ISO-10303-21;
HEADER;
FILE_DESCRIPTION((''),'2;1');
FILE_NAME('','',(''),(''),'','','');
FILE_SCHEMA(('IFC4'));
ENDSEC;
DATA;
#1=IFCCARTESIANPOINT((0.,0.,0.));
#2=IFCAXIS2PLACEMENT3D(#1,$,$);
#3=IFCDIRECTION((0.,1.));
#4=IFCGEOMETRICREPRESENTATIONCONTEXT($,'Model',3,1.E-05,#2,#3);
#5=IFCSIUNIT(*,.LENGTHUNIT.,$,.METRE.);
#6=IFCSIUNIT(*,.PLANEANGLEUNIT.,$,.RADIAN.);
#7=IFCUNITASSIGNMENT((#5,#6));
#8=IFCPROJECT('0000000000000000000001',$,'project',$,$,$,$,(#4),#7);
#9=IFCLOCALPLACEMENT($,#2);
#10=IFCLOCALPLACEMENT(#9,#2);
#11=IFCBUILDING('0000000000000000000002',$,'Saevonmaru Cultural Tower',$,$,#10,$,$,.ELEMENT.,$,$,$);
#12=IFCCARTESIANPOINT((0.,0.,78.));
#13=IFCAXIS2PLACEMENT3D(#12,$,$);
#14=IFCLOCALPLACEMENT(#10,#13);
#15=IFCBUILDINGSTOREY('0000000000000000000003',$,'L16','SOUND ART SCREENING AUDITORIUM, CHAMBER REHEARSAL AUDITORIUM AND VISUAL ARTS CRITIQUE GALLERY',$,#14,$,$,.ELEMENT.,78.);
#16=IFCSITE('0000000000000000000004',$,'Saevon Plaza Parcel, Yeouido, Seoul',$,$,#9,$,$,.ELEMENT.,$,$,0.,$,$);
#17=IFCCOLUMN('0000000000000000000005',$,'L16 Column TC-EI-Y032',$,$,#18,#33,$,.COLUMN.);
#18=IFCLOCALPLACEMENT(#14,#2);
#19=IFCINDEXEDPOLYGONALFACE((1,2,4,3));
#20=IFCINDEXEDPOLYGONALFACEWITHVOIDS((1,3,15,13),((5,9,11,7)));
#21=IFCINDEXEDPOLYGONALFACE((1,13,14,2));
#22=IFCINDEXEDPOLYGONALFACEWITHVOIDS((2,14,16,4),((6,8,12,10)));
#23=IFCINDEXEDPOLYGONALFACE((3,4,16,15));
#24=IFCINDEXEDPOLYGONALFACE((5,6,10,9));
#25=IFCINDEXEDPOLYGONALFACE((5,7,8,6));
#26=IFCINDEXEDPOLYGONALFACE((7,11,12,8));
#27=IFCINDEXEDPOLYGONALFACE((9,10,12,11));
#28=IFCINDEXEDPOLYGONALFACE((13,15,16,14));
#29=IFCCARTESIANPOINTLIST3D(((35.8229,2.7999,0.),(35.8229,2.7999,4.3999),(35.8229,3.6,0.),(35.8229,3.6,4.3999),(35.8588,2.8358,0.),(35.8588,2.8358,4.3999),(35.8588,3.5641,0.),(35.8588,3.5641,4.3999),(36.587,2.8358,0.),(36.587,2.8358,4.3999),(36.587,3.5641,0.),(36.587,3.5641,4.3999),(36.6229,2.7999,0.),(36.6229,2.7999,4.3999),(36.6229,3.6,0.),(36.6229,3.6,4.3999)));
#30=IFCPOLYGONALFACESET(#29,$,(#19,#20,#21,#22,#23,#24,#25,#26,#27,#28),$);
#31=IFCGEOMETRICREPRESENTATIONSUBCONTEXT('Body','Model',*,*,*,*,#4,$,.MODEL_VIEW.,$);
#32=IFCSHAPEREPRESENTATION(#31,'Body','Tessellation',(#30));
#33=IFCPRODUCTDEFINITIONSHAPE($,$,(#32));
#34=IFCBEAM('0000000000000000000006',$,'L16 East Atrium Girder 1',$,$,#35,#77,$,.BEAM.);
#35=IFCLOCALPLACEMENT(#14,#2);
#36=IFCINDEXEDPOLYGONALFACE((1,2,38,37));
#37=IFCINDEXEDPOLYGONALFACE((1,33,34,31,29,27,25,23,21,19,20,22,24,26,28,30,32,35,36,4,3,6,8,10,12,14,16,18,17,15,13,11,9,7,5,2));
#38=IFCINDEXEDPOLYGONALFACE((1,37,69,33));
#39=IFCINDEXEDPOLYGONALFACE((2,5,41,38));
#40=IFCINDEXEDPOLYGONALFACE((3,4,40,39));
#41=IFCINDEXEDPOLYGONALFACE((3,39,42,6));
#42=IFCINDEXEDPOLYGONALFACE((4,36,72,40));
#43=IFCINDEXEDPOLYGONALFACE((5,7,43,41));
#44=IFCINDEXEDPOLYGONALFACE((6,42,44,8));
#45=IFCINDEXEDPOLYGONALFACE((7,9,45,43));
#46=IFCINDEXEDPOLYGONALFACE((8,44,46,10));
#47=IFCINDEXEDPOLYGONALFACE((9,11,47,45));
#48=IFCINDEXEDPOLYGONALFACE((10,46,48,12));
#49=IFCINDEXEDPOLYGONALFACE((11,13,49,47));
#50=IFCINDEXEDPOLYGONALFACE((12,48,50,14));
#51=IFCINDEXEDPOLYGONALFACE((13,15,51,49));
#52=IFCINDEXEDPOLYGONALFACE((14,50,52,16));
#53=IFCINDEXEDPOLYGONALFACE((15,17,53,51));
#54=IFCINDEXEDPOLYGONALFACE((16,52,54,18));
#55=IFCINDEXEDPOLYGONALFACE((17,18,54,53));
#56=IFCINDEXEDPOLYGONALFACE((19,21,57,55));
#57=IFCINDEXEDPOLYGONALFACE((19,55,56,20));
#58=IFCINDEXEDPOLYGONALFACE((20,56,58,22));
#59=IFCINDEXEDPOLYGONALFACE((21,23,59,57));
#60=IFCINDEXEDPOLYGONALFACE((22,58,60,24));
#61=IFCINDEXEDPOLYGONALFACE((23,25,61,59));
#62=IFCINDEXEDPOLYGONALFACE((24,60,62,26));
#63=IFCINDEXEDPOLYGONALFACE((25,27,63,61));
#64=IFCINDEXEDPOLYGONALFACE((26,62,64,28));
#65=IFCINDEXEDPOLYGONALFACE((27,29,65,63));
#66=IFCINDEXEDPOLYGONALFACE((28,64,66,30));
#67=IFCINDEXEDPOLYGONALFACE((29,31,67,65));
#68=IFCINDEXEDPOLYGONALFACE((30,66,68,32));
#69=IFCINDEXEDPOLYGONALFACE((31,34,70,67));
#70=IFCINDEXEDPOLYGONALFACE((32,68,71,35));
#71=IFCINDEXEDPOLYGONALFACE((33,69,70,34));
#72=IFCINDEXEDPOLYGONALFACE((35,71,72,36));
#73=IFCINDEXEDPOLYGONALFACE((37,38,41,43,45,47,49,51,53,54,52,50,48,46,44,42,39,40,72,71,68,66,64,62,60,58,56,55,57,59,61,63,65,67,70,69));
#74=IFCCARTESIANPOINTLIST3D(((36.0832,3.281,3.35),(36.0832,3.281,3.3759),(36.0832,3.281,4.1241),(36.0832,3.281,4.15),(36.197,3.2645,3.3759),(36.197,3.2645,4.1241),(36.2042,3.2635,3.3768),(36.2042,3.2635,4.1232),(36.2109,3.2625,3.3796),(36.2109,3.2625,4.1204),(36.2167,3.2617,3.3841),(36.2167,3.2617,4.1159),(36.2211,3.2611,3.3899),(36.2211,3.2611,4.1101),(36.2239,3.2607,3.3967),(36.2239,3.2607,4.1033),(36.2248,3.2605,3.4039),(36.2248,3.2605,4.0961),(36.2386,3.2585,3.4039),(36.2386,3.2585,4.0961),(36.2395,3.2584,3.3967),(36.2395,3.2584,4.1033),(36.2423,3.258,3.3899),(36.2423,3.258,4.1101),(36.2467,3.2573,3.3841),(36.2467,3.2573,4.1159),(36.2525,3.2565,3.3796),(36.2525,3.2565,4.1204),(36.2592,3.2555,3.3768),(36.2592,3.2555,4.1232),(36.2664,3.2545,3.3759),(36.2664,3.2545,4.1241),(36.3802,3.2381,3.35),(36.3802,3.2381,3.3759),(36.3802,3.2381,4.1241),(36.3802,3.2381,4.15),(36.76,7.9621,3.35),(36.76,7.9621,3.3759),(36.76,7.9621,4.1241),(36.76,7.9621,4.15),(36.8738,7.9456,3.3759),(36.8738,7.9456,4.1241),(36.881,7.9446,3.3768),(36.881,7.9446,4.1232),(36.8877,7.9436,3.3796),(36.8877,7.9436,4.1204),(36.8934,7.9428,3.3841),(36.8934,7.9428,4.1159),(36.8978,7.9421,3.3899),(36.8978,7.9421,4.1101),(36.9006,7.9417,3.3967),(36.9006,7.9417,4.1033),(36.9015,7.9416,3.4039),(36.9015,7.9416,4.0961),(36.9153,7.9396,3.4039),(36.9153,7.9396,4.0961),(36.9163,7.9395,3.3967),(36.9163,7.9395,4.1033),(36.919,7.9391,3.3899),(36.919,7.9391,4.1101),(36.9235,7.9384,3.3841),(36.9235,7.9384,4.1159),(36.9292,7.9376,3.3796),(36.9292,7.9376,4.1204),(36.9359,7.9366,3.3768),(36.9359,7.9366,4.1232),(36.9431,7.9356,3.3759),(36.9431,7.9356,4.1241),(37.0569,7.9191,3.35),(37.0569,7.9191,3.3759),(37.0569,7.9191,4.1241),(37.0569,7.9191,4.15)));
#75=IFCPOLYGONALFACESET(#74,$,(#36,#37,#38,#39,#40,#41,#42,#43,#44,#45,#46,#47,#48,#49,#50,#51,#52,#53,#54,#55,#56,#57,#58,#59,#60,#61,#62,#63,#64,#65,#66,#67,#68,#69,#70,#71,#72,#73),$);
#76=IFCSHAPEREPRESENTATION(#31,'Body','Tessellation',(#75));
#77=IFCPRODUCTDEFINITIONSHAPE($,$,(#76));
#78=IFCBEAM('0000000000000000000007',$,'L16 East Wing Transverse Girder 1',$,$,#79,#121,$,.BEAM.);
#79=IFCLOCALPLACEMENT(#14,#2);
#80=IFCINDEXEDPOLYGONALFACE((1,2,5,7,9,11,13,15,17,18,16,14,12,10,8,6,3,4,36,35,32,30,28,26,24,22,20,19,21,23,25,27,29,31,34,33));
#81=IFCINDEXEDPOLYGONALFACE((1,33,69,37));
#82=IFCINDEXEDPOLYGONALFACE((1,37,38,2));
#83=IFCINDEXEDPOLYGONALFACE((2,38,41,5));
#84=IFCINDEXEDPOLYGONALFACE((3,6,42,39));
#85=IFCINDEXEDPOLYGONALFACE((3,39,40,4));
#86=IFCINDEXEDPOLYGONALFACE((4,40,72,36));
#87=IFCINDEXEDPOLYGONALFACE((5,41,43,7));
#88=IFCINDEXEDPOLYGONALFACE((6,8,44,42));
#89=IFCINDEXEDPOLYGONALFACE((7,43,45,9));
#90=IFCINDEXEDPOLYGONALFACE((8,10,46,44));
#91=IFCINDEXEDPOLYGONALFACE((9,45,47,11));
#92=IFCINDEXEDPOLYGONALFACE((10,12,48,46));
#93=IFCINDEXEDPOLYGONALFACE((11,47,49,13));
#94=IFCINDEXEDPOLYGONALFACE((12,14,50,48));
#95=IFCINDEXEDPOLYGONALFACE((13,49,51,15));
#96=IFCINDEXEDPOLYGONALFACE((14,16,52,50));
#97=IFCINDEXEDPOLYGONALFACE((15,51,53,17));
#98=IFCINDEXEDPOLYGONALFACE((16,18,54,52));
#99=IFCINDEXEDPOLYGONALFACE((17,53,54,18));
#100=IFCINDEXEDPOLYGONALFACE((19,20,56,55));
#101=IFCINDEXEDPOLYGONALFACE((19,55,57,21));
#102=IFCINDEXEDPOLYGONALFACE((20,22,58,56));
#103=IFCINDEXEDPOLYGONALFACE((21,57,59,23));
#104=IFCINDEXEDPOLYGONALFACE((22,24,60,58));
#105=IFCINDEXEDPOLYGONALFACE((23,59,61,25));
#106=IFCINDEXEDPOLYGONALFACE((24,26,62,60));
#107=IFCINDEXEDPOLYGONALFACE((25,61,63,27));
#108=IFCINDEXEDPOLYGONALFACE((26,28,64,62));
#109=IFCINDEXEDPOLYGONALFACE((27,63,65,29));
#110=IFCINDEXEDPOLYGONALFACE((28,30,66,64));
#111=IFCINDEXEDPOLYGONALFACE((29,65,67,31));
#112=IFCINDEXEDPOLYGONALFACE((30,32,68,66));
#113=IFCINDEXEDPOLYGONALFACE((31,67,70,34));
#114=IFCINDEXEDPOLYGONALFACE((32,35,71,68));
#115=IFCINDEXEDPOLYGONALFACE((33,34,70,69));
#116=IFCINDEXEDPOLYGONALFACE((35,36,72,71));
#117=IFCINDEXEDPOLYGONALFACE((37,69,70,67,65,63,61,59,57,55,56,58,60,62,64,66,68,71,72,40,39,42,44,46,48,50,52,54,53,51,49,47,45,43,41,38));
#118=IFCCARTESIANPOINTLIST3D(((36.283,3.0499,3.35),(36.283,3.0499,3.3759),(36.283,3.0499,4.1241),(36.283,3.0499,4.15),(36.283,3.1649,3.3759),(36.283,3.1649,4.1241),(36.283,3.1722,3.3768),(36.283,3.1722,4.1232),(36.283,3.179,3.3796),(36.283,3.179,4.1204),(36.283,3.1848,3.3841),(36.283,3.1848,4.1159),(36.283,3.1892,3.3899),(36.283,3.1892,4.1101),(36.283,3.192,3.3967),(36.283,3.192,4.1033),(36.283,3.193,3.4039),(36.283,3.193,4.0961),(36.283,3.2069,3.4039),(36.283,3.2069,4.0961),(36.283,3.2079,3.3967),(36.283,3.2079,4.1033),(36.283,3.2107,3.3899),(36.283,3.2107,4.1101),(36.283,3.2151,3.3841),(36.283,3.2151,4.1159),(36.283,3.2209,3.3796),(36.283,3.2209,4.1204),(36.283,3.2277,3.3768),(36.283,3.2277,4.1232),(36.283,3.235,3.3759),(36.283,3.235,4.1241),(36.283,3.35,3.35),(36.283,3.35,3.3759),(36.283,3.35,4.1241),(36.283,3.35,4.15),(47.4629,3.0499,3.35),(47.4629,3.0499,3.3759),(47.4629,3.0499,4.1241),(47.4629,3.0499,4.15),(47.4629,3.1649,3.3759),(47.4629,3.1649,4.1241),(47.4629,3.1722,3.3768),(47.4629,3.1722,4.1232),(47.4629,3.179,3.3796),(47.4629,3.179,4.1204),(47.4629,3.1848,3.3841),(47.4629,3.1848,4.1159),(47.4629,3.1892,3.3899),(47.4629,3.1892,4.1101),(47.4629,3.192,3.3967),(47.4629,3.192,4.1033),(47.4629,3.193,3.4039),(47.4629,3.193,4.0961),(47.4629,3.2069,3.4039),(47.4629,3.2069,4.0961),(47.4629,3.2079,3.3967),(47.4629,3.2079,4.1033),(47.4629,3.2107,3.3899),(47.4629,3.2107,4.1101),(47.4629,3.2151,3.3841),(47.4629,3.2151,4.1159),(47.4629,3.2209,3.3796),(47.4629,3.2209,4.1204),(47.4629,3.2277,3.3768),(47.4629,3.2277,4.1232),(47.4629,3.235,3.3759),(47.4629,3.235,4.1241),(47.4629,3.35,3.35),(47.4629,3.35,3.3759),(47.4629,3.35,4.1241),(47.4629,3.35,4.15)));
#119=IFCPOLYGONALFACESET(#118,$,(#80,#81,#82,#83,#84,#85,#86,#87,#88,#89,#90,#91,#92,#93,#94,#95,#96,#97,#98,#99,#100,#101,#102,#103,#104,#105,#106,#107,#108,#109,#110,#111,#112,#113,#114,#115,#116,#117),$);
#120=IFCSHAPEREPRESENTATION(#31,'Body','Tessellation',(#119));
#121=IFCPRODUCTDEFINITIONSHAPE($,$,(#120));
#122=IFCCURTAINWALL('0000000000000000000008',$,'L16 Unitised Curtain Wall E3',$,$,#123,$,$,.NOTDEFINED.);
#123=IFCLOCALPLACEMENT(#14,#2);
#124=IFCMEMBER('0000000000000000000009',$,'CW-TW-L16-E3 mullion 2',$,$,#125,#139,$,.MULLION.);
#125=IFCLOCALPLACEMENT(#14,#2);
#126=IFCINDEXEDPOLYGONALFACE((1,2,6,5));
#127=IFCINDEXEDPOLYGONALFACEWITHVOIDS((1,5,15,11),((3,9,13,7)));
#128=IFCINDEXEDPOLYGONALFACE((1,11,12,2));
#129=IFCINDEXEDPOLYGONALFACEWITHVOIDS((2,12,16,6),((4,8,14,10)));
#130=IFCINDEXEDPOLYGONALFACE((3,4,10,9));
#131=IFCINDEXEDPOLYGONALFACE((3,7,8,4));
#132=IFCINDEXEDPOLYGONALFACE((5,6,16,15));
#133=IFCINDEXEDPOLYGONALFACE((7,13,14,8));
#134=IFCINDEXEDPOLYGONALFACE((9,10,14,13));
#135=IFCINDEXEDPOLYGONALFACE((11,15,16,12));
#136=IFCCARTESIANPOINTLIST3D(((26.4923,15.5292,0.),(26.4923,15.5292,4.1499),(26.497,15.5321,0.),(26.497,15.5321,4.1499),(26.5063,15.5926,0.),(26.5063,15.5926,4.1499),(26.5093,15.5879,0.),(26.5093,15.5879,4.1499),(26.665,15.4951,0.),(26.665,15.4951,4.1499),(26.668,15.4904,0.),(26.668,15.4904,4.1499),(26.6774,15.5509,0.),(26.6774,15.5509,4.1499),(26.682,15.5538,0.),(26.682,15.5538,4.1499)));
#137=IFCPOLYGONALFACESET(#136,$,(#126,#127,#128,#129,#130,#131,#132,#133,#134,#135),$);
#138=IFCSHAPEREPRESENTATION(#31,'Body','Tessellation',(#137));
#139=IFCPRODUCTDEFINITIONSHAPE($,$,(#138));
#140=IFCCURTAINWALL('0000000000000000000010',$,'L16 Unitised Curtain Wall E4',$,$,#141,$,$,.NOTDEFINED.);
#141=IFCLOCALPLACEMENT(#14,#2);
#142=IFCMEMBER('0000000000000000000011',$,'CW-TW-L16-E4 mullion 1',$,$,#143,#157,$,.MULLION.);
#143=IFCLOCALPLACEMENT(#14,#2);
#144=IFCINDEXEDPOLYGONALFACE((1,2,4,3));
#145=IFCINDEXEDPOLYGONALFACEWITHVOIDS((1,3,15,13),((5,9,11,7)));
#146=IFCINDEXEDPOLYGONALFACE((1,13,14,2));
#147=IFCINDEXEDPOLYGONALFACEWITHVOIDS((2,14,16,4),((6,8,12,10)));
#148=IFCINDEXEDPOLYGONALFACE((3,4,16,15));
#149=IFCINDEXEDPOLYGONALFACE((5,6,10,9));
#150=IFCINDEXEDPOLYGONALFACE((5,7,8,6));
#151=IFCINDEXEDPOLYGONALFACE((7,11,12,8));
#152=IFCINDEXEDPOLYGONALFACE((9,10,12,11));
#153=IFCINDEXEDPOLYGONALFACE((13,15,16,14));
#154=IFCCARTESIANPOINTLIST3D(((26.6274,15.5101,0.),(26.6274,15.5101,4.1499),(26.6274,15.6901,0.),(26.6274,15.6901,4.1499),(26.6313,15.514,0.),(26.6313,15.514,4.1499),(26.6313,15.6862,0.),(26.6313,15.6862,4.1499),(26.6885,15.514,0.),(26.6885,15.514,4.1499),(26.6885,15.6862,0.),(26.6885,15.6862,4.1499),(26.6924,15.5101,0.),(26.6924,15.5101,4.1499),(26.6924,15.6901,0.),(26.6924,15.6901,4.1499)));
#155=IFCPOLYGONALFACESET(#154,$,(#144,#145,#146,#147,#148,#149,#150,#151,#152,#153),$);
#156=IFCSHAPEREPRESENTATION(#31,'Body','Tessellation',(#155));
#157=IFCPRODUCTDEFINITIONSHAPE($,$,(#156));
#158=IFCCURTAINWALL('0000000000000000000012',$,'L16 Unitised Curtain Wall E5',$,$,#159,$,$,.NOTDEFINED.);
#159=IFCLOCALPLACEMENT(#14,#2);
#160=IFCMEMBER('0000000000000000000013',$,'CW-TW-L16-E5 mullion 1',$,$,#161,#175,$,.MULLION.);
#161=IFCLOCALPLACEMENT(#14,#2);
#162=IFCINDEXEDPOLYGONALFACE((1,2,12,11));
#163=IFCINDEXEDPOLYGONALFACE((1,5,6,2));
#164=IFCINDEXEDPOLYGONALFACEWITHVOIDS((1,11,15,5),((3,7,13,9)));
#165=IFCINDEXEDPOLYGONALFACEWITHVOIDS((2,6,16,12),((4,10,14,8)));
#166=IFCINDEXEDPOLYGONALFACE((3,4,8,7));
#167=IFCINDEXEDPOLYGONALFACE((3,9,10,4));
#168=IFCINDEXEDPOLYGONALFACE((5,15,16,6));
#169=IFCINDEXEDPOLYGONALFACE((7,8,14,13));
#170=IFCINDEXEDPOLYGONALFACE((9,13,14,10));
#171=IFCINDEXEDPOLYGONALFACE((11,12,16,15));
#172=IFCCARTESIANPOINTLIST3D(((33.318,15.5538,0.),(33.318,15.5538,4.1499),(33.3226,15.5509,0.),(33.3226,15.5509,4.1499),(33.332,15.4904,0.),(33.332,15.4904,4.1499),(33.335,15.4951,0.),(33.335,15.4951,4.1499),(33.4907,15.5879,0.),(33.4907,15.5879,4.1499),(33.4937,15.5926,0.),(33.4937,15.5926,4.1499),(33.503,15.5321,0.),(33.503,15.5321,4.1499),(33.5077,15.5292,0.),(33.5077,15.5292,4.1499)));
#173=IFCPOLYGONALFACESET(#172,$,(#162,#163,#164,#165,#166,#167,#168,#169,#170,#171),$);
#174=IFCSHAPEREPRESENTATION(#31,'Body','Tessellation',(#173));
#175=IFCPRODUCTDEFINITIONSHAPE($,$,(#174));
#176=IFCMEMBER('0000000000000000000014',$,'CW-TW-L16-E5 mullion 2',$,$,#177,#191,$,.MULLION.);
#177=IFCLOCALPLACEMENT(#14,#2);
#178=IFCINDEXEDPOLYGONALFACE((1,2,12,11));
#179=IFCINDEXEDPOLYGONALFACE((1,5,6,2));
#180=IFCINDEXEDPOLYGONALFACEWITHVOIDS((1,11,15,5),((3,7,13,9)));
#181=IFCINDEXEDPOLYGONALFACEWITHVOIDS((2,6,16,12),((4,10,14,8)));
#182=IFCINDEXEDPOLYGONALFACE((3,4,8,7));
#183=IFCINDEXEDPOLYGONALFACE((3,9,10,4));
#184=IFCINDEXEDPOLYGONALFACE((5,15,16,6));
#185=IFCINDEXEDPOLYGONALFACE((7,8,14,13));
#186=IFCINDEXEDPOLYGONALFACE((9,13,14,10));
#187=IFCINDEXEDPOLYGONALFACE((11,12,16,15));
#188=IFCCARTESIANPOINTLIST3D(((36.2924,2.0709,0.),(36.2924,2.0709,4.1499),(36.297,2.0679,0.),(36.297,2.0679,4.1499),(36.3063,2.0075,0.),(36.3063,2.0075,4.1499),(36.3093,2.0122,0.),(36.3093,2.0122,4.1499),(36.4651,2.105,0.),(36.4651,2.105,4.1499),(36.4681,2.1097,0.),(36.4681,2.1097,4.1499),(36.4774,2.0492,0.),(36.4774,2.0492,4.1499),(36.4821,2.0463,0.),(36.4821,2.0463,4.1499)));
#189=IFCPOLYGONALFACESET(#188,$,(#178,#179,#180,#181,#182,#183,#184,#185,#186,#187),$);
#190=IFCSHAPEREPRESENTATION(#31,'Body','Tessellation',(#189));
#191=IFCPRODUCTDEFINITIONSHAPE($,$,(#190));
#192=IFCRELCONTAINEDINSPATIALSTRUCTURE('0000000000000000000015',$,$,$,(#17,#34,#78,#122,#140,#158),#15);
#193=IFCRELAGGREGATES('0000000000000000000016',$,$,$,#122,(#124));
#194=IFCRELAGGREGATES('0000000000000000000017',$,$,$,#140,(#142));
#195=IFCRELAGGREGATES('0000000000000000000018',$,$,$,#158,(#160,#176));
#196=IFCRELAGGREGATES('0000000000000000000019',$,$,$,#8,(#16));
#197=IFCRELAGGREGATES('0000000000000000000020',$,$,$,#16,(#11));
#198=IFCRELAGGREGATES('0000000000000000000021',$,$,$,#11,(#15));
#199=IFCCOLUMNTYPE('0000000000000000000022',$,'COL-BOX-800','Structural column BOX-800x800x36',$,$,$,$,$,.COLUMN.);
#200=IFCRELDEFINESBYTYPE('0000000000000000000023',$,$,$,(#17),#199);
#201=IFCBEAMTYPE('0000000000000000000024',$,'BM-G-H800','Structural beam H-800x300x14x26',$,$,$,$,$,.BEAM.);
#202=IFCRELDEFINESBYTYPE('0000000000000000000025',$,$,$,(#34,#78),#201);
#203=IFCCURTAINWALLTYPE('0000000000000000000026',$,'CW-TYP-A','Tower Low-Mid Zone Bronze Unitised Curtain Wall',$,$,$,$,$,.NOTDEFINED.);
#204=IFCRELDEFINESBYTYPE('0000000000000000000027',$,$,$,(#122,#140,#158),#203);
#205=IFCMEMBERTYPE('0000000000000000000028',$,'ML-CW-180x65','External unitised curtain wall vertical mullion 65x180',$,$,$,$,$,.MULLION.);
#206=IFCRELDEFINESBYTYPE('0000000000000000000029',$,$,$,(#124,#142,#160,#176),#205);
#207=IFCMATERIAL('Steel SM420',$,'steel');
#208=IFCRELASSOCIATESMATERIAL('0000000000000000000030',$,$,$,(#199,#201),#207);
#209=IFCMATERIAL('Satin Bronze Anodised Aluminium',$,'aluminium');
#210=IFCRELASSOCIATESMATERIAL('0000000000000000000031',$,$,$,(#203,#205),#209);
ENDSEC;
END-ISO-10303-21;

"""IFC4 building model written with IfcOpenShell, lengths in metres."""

from ifc_helpers import new_model, si_unit, direction, frame, origin, origin_2d, place, context, subcontext, project, spatial, hollow_rectangle, i_section, extrude, material, material_profile, profile_set, type_object, element, aggregate, save


model = new_model("IFC4")

# Units and contexts
model_context = context("Model", 3, precision=1e-05, world=origin(), true_north=direction((0.0, 1.0)))
body_context = subcontext(model_context, "Body", "Model", "MODEL_VIEW")
ifc_project = project(units=[si_unit("LENGTHUNIT", "METRE"), si_unit("PLANEANGLEUNIT", "RADIAN")], contexts=[model_context])

# Site, building, storey
site_placement = place(None, origin())
site = spatial("IfcSite", under=ifc_project, at=site_placement, Name="Saevon Plaza Parcel, Yeouido, Seoul", CompositionType="ELEMENT", RefElevation=0.0)
building_placement = place(site_placement, origin())
building = spatial("IfcBuilding", under=site, at=building_placement, Name="Saevonmaru Cultural Tower", CompositionType="ELEMENT")
storey_placement = place(building_placement, frame((0.0, 0.0, 78.0)))
storey = spatial("IfcBuildingStorey", under=building, at=storey_placement, Name="L16", Description="SOUND ART SCREENING AUDITORIUM, CHAMBER REHEARSAL AUDITORIUM AND VISUAL ARTS CRITIQUE GALLERY", CompositionType="ELEMENT", Elevation=78.0)

# Column
ifc_material_1 = material(Name="Steel SM420", Category="steel")
ifc_material_profile_1 = material_profile(ifc_material_1, hollow_rectangle(XDim=0.8, YDim=0.8, WallThickness=0.0359, at=origin_2d()), Name="BOX-800x800x36")
ifc_profile_set_1 = profile_set([ifc_material_profile_1], Name="Steel SM420")
column_type = type_object("IfcColumnType", Name="COL-BOX-800", Description="Structural column BOX-800x800x36", PredefinedType="COLUMN", material=ifc_profile_set_1)
column_placement = place(storey_placement, frame((36.2229, 3.2, 0.0), z_axis=(0.0, 0.0, 1.0), x_axis=(1.0, 0.0, 0.0)))
element("IfcColumn", 1, at=column_placement, inside=storey, type_object=column_type, Name="L16 Column TC-EI-Y032", PredefinedType="COLUMN", context=body_context, shape_type="SweptSolid", body=[
    extrude(hollow_rectangle(XDim=0.8, YDim=0.8, WallThickness=0.0359, at=origin_2d()), origin(), (0.0, 0.0, 1.0), 4.3999),
])

# Beams
ifc_material_profile_2 = material_profile(ifc_material_1, i_section(OverallWidth=0.3, OverallDepth=0.8, WebThickness=0.0139, FlangeThickness=0.0259, FilletRadius=0.0281, at=origin_2d()), Name="H-800x300x14x26")
ifc_profile_set_2 = profile_set([ifc_material_profile_2], Name="Steel SM420")
beam_type = type_object("IfcBeamType", Name="BM-G-H800", Description="Structural beam H-800x300x14x26", PredefinedType="BEAM", material=ifc_profile_set_2)
beam_1_placement = place(storey_placement, frame((36.2317, 3.2595, 3.75), z_axis=(0.143083, 0.989711, 0.0), x_axis=(-0.989711, 0.143083, 0.0)))
element("IfcBeam", 2, at=beam_1_placement, inside=storey, type_object=beam_type, Name="L16 East Atrium Girder 1", PredefinedType="BEAM", context=body_context, shape_type="SweptSolid", body=[
    extrude(i_section(OverallWidth=0.3, OverallDepth=0.8, WebThickness=0.0139, FlangeThickness=0.0259, FilletRadius=0.0281, at=origin_2d()), origin(), (0.0, 0.0, 1.0), 4.7297),
])
beam_2_placement = place(storey_placement, frame((36.283, 3.2, 3.75), z_axis=(1.0, 0.0, 0.0), x_axis=(0.0, 1.0, 0.0)))
element("IfcBeam", 3, at=beam_2_placement, inside=storey, type_object=beam_type, Name="L16 East Wing Transverse Girder 1", PredefinedType="BEAM", context=body_context, shape_type="SweptSolid", body=[
    extrude(i_section(OverallWidth=0.3, OverallDepth=0.8, WebThickness=0.0139, FlangeThickness=0.0259, FilletRadius=0.0281, at=origin_2d()), origin(), (0.0, 0.0, 1.0), 11.1799),
])

# Curtain walls, members
ifc_material_2 = material(Name="Satin Bronze Anodised Aluminium", Category="aluminium")
curtain_wall_type = type_object("IfcCurtainWallType", Name="CW-TYP-A", Description="Tower Low-Mid Zone Bronze Unitised Curtain Wall", PredefinedType="NOTDEFINED", material=ifc_material_2)
curtain_wall_1_placement = place(storey_placement, origin())
curtain_wall_1 = element("IfcCurtainWall", 4, at=curtain_wall_1_placement, inside=storey, type_object=curtain_wall_type, Name="L16 Unitised Curtain Wall E3", PredefinedType="NOTDEFINED")
ifc_material_profile_3 = material_profile(ifc_material_2, hollow_rectangle(XDim=0.0649, YDim=0.1799, WallThickness=0.0039, at=origin_2d()), Name="ALU-MULL-180x65x4")
ifc_profile_set_3 = profile_set([ifc_material_profile_3], Name="Satin Bronze Anodised Aluminium")
member_type_1 = type_object("IfcMemberType", Name="ML-CW-180x65", Description="External unitised curtain wall vertical mullion 65x180", PredefinedType="MULLION", material=ifc_profile_set_3)
member_1_placement = place(storey_placement, frame((26.5872, 15.5415, 0.0), z_axis=(0.0, 0.0, 1.0), x_axis=(0.215413, 0.976523, 0.0)))
member_1 = element("IfcMember", 5, at=member_1_placement, type_object=member_type_1, Name="CW-TW-L16-E3 mullion 2", PredefinedType="MULLION", context=body_context, shape_type="SweptSolid", body=[
    extrude(hollow_rectangle(XDim=0.0649, YDim=0.1799, WallThickness=0.0039, at=origin_2d()), origin(), (0.0, 0.0, 1.0), 4.1499),
])
aggregate(curtain_wall_1, [member_1])
curtain_wall_2_placement = place(storey_placement, origin())
curtain_wall_2 = element("IfcCurtainWall", 6, at=curtain_wall_2_placement, inside=storey, type_object=curtain_wall_type, Name="L16 Unitised Curtain Wall E4", PredefinedType="NOTDEFINED")
member_2_placement = place(storey_placement, frame((26.6599, 15.6001, 0.0), z_axis=(0.0, 0.0, 1.0), x_axis=(1.0, 0.0, 0.0)))
member_2 = element("IfcMember", 7, at=member_2_placement, type_object=member_type_1, Name="CW-TW-L16-E4 mullion 1", PredefinedType="MULLION", context=body_context, shape_type="SweptSolid", body=[
    extrude(hollow_rectangle(XDim=0.0649, YDim=0.1799, WallThickness=0.0039, at=origin_2d()), origin(), (0.0, 0.0, 1.0), 4.1499),
])
aggregate(curtain_wall_2, [member_2])

# Curtain wall, members
curtain_wall_3_placement = place(storey_placement, origin())
curtain_wall_3 = element("IfcCurtainWall", 8, at=curtain_wall_3_placement, inside=storey, type_object=curtain_wall_type, Name="L16 Unitised Curtain Wall E5", PredefinedType="NOTDEFINED")
member_3_placement = place(storey_placement, frame((33.4128, 15.5415, 0.0), z_axis=(0.0, 0.0, 1.0), x_axis=(0.215413, -0.976523, 0.0)))
member_3 = element("IfcMember", 9, at=member_3_placement, type_object=member_type_1, Name="CW-TW-L16-E5 mullion 1", PredefinedType="MULLION", context=body_context, shape_type="SweptSolid", body=[
    extrude(hollow_rectangle(XDim=0.0649, YDim=0.1799, WallThickness=0.0039, at=origin_2d()), origin(), (0.0, 0.0, 1.0), 4.1499),
])
member_4_placement = place(storey_placement, frame((36.3872, 2.0586, 0.0), z_axis=(0.0, 0.0, 1.0), x_axis=(0.215413, -0.976523, 0.0)))
member_4 = element("IfcMember", 10, at=member_4_placement, type_object=member_type_1, Name="CW-TW-L16-E5 mullion 2", PredefinedType="MULLION", context=body_context, shape_type="SweptSolid", body=[
    extrude(hollow_rectangle(XDim=0.0649, YDim=0.1799, WallThickness=0.0039, at=origin_2d()), origin(), (0.0, 0.0, 1.0), 4.1499),
])

aggregate(curtain_wall_3, [member_3, member_4])

save(model, "model.ifc")
